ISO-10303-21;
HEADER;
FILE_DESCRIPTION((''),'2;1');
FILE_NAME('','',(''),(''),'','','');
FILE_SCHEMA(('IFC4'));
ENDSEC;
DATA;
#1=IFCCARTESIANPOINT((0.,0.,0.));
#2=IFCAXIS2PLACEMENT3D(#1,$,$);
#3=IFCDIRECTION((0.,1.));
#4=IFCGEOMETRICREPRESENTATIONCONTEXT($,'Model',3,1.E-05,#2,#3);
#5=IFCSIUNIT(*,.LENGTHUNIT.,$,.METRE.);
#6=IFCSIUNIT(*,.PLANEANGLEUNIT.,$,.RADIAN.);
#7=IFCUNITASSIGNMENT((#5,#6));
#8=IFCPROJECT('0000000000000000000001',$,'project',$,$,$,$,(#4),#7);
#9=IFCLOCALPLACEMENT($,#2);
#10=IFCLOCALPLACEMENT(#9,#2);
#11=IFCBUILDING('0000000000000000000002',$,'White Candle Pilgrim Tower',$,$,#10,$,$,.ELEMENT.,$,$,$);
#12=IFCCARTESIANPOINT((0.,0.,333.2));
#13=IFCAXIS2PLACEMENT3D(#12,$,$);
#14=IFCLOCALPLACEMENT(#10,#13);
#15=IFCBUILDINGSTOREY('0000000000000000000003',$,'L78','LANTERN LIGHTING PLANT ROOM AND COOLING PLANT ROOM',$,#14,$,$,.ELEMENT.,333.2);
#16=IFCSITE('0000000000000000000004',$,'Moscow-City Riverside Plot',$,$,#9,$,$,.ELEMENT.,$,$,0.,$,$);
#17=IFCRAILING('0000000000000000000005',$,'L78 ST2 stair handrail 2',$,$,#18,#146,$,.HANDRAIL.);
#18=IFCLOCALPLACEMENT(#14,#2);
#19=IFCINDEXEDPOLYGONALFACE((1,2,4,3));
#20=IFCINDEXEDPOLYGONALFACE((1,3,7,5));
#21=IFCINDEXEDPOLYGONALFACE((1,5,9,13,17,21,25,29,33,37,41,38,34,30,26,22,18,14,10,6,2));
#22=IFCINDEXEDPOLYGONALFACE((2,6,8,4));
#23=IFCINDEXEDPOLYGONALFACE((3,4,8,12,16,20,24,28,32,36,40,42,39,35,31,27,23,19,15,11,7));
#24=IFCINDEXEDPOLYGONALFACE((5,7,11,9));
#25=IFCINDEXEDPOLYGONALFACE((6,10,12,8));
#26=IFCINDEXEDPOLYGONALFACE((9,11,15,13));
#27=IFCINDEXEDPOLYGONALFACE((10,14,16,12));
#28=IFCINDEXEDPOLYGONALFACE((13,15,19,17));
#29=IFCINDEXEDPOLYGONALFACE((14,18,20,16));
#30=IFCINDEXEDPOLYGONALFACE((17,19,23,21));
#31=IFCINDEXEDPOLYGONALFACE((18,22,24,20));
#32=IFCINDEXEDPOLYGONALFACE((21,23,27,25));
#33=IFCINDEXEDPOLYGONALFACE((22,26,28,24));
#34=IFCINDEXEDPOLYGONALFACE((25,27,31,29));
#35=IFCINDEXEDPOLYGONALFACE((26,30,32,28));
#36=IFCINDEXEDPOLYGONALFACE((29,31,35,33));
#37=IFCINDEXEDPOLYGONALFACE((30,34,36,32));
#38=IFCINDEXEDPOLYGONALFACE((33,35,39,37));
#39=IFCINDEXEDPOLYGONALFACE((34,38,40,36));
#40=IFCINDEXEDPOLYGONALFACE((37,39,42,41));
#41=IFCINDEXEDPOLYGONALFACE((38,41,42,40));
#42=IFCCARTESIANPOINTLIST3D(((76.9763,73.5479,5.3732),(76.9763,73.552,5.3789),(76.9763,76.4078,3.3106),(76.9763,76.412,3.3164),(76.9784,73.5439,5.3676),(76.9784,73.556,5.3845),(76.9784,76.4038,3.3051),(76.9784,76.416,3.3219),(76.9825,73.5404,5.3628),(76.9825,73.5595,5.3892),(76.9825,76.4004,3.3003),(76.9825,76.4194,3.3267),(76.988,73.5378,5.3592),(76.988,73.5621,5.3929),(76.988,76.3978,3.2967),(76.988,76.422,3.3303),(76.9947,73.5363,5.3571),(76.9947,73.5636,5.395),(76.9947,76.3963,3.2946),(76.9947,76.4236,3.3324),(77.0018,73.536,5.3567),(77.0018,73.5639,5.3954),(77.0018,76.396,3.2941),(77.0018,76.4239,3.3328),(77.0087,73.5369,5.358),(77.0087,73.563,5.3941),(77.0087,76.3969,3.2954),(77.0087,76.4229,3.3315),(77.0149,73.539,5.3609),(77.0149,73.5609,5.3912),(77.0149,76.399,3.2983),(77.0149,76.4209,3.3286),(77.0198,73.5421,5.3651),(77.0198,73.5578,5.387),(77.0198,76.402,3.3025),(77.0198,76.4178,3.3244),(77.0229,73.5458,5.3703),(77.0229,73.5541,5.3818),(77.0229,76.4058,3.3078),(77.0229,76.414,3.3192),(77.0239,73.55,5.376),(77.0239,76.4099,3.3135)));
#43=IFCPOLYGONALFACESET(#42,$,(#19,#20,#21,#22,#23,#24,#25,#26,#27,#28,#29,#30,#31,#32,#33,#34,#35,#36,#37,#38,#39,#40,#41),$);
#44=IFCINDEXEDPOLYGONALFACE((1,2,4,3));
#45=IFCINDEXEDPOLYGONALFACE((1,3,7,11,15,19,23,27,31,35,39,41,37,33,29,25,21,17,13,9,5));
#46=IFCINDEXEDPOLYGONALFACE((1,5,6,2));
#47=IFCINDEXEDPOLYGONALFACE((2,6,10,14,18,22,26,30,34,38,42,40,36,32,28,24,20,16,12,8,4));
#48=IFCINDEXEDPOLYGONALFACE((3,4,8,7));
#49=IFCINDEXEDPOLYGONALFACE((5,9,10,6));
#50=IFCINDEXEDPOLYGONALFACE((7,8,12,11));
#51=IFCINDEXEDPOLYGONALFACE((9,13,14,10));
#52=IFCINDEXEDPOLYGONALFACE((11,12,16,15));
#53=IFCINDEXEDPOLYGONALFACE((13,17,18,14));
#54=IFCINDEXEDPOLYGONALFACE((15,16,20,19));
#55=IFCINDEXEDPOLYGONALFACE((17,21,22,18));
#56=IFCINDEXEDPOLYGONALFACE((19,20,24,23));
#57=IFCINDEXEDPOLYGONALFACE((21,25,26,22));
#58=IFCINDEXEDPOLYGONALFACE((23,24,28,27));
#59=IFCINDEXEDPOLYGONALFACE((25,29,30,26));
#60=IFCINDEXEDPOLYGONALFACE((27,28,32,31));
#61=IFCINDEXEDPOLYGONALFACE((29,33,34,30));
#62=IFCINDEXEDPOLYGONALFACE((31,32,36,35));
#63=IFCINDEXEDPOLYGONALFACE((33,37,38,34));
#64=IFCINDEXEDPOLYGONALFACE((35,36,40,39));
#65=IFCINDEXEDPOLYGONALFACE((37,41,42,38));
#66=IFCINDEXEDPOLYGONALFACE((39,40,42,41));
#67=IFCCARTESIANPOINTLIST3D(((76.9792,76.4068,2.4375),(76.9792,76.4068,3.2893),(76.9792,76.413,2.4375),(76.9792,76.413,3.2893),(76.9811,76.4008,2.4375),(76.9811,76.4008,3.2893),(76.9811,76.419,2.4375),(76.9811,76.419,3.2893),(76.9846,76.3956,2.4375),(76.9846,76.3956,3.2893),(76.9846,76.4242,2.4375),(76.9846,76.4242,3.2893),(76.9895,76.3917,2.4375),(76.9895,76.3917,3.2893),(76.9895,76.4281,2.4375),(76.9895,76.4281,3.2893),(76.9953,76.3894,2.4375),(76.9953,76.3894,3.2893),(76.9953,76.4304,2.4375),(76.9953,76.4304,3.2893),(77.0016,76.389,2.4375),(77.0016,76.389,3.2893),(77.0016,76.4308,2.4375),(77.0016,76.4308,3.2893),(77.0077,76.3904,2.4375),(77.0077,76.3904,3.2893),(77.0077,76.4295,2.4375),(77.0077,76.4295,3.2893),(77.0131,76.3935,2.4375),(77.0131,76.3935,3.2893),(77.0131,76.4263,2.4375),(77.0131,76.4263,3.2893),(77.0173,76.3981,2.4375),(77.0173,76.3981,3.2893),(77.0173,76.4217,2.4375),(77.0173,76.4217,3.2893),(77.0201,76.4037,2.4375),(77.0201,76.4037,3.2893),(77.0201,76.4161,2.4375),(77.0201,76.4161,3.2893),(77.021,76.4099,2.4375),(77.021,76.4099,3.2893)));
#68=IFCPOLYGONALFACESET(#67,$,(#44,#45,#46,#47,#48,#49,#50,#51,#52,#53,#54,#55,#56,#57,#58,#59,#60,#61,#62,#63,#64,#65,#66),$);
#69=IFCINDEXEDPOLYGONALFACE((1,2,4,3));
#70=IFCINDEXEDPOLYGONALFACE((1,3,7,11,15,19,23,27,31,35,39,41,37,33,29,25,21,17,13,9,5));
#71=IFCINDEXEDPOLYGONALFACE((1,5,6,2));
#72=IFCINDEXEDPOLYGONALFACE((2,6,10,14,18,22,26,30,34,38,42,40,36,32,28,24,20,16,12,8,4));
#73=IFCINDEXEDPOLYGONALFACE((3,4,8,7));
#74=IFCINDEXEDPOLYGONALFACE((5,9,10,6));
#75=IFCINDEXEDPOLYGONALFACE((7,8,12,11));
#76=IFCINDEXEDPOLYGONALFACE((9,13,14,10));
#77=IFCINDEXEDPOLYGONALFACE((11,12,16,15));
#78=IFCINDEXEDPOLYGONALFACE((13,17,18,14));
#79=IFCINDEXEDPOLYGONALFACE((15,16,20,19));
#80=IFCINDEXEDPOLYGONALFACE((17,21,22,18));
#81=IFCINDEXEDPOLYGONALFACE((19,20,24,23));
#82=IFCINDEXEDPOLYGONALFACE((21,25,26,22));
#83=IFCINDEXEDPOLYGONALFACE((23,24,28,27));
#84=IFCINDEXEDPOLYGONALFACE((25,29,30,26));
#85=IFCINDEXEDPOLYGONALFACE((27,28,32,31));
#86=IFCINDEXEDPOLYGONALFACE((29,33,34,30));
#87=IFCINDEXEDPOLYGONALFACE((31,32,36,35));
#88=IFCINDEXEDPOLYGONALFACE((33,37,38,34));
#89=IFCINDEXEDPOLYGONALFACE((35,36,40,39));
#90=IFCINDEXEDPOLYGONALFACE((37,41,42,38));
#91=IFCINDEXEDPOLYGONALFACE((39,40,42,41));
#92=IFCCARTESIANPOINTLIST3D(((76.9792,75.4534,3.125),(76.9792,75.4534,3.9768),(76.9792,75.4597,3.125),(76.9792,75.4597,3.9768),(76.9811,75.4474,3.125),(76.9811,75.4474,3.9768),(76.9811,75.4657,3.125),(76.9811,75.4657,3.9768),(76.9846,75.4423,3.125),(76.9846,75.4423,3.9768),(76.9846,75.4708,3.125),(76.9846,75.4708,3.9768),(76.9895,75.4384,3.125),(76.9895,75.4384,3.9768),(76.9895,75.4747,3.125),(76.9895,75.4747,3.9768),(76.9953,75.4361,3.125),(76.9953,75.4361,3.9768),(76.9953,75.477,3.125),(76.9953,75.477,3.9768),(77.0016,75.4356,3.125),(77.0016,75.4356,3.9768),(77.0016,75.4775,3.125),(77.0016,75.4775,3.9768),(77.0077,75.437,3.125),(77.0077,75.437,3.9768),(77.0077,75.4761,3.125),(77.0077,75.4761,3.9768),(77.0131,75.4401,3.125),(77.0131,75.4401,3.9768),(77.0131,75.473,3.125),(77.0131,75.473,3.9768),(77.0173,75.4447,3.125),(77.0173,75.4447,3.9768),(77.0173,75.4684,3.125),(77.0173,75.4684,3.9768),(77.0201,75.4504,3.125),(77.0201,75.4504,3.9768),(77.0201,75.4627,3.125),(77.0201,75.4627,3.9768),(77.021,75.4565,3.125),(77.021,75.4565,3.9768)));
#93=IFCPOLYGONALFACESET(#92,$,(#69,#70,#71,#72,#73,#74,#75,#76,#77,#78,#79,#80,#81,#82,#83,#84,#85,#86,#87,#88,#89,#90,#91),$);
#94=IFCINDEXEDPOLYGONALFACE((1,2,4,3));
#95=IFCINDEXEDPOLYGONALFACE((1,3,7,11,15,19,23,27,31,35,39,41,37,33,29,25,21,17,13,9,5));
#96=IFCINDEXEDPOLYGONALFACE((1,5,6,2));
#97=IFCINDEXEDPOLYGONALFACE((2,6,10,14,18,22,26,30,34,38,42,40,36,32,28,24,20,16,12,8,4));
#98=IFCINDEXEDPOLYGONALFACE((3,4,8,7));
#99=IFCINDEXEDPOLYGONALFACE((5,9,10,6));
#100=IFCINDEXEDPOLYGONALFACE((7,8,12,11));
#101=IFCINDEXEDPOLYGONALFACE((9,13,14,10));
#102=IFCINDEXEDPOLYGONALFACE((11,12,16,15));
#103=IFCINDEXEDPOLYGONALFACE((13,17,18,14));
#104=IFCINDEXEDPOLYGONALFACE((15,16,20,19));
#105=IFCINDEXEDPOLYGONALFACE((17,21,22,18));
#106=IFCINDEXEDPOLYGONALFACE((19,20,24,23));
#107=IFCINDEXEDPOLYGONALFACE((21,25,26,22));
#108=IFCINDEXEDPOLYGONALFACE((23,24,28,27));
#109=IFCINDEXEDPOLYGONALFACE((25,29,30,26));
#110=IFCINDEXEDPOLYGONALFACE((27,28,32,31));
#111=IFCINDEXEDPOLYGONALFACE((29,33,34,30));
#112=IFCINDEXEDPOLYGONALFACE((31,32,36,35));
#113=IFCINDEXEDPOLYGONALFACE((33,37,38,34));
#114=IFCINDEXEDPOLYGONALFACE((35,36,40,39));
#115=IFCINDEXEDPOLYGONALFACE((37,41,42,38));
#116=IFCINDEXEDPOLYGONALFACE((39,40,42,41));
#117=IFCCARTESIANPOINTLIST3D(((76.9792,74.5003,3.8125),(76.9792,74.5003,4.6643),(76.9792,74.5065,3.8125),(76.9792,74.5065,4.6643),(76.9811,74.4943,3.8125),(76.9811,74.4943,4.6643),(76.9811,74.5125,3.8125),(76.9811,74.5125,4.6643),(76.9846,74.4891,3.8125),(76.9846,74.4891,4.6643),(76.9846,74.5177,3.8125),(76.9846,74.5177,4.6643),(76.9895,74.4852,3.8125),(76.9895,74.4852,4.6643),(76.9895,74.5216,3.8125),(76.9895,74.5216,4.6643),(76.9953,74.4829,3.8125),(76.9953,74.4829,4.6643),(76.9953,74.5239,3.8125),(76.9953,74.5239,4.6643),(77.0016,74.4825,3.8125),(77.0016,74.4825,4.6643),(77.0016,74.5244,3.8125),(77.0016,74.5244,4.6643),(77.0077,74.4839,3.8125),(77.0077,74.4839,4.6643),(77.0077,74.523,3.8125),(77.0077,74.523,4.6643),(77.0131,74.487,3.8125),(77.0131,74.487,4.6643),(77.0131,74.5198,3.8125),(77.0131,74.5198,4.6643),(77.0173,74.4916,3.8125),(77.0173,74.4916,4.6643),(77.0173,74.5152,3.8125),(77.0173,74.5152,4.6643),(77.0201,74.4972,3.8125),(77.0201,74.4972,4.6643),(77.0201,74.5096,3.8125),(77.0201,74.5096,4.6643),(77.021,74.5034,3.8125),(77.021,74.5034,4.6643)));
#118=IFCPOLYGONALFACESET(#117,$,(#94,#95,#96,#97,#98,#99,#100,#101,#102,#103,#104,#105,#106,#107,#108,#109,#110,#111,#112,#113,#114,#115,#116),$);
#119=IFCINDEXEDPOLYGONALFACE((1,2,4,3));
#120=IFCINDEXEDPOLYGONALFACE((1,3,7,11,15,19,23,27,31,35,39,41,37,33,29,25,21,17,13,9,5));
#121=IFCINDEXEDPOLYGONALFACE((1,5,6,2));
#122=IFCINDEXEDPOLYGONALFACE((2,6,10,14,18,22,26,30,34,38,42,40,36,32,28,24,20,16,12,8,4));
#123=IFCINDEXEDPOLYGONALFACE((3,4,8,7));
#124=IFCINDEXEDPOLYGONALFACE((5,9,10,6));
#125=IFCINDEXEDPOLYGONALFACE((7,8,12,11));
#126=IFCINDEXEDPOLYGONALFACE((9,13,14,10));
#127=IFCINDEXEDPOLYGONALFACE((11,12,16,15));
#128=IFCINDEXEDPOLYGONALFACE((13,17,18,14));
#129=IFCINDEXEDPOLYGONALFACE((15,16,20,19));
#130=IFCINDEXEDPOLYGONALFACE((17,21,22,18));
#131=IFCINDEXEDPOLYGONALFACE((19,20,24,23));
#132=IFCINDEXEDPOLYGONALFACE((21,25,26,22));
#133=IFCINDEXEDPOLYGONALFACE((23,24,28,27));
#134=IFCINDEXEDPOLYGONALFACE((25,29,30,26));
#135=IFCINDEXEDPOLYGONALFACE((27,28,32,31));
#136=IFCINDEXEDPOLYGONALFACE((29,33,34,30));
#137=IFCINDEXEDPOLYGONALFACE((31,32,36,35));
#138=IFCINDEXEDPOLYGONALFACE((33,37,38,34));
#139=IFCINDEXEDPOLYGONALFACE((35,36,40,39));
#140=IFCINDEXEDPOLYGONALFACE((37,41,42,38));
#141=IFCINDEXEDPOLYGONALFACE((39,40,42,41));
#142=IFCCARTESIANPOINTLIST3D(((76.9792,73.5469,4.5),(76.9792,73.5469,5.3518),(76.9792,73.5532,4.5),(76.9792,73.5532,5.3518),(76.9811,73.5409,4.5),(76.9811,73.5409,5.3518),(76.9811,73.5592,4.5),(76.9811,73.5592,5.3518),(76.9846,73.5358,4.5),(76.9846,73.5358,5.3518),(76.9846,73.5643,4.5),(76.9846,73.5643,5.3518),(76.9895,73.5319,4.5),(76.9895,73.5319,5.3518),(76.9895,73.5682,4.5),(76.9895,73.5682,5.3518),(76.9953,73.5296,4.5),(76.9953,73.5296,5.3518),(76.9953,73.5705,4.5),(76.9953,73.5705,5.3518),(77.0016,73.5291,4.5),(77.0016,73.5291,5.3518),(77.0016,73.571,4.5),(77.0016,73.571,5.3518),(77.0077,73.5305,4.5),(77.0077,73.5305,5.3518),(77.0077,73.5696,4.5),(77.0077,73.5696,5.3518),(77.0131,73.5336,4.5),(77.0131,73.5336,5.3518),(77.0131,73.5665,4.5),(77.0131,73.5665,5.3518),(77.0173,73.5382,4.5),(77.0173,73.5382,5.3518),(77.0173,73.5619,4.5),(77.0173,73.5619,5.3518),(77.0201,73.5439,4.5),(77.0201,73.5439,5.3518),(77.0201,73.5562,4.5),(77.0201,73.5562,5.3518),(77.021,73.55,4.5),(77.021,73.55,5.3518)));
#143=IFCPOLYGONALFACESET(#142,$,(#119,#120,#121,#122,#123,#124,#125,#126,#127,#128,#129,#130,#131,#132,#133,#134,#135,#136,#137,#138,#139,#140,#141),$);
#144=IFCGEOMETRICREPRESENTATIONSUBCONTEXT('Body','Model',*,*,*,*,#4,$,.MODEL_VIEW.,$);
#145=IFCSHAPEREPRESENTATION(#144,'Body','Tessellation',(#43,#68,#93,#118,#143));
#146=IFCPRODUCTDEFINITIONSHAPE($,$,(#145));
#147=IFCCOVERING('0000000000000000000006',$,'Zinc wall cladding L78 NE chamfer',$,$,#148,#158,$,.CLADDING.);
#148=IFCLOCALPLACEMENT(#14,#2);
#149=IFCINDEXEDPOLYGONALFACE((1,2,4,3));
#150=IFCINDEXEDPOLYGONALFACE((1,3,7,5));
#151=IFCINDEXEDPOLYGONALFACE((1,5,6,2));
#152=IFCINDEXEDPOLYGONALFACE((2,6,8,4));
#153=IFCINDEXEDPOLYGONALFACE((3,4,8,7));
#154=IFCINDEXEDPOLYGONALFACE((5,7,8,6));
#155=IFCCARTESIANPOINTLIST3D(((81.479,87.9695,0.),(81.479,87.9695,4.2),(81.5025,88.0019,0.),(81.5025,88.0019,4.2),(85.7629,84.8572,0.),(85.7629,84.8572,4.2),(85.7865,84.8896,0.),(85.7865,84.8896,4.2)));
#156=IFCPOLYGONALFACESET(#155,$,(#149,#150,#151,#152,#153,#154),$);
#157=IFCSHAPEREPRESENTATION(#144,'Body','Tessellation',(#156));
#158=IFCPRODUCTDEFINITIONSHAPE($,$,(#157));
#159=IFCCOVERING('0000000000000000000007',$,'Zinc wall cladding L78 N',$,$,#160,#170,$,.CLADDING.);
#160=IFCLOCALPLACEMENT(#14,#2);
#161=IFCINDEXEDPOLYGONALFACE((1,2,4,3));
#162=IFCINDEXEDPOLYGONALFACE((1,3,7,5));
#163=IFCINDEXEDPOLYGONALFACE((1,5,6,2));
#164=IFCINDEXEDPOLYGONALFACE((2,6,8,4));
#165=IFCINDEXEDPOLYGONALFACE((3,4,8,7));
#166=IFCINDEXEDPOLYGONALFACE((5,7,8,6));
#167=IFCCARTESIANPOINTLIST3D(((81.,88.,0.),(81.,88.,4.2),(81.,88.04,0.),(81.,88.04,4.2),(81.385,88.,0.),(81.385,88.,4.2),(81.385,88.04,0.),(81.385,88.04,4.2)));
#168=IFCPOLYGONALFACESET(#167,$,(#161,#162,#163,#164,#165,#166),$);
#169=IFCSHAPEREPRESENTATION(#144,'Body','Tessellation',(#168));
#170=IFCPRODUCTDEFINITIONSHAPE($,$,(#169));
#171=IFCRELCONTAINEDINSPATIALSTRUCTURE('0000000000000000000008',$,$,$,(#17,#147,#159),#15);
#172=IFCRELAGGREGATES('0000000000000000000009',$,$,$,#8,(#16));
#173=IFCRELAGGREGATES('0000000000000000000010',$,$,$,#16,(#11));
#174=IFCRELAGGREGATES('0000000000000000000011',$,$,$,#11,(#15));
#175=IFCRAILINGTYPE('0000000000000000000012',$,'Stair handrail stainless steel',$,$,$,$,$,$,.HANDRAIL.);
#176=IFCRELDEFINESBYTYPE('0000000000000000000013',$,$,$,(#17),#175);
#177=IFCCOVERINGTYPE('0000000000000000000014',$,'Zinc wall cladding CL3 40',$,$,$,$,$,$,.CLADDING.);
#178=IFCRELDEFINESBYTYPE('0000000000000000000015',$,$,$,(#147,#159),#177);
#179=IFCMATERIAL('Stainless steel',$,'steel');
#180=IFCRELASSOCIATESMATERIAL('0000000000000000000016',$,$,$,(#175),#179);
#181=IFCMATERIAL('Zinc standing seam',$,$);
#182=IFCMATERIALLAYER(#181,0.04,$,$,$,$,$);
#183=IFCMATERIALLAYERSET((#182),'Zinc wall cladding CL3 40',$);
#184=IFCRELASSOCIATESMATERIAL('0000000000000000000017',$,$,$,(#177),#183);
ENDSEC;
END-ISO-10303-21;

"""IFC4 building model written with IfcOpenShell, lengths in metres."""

from ifc_helpers import new_model, si_unit, direction, frame, origin, origin_2d, place, context, subcontext, project, spatial, polyline, circle, outline, extrude, material, layer, layer_set, type_object, element, save


model = new_model("IFC4")

# Units and contexts
model_context = context("Model", 3, precision=1e-05, world=origin(), true_north=direction((0.0, 1.0)))
body_context = subcontext(model_context, "Body", "Model", "MODEL_VIEW")
ifc_project = project(units=[si_unit("LENGTHUNIT", "METRE"), si_unit("PLANEANGLEUNIT", "RADIAN")], contexts=[model_context])

# Site, building, storey
site_placement = place(None, origin())
site = spatial("IfcSite", under=ifc_project, at=site_placement, Name="Moscow-City Riverside Plot", CompositionType="ELEMENT", RefElevation=0.0)
building_placement = place(site_placement, origin())
building = spatial("IfcBuilding", under=site, at=building_placement, Name="White Candle Pilgrim Tower", CompositionType="ELEMENT")
storey_placement = place(building_placement, frame((0.0, 0.0, 333.2)))
storey = spatial("IfcBuildingStorey", under=building, at=storey_placement, Name="L78", Description="LANTERN LIGHTING PLANT ROOM AND COOLING PLANT ROOM", CompositionType="ELEMENT", Elevation=333.2)

# Railing
ifc_material_1 = material(Name="Stainless steel", Category="steel")
railing_type_1 = type_object("IfcRailingType", Name="Stair handrail stainless steel", PredefinedType="HANDRAIL", material=ifc_material_1)
railing_1_placement = place(storey_placement, frame((77.0, 76.4099, 2.4375)))
element("IfcRailing", 1, at=railing_1_placement, inside=storey, type_object=railing_type_1, Name="L78 ST2 stair handrail 2", PredefinedType="HANDRAIL", context=body_context, shape_type="SweptSolid", body=[
    extrude(circle(Radius=0.0239, at=origin_2d()), frame((0.0, 0.0, 0.876), z_axis=(0.0, -0.811077, 0.584939), x_axis=(1.0, 0.0, 0.0)), (0.0, 0.0, 1.0), 3.5261),
    extrude(circle(Radius=0.021, at=origin_2d()), origin(), (0.0, 0.0, 1.0), 0.8518),
    extrude(circle(Radius=0.021, at=origin_2d()), frame((0.0, -0.9534, 0.6875)), (0.0, 0.0, 1.0), 0.8518),
    extrude(circle(Radius=0.021, at=origin_2d()), frame((0.0, -1.9065, 1.375)), (0.0, 0.0, 1.0), 0.8518),
    extrude(circle(Radius=0.021, at=origin_2d()), frame((0.0, -2.8599, 2.0625)), (0.0, 0.0, 1.0), 0.8518),
])

# Coverings
ifc_material_2 = material(Name="Zinc standing seam")
ifc_layer_1 = layer(ifc_material_2, 0.04)
ifc_layer_set_1 = layer_set([ifc_layer_1], Name="Zinc wall cladding CL3 40")
covering_type = type_object("IfcCoveringType", Name="Zinc wall cladding CL3 40", PredefinedType="CLADDING", material=ifc_layer_set_1)
covering_1_placement = place(storey_placement, frame((85.7629, 84.8572, 4.2), z_axis=(-0.587766, -0.809031, 0.0), x_axis=(-0.809031, 0.587766, 0.0)))
element("IfcCovering", 2, at=covering_1_placement, inside=storey, type_object=covering_type, Name="Zinc wall cladding L78 NE chamfer", PredefinedType="CLADDING", context=body_context, shape_type="SweptSolid", body=[
    extrude(outline(polyline([(0.0, 0.0), (5.2951, 0.0), (5.2951, 4.2), (0.0, 4.2), (0.0, 0.0)])), origin(), (0.0, 0.0, -1.0), 0.04),
])
covering_2_placement = place(storey_placement, frame((81.385, 88.0, 4.2), z_axis=(0.0, -1.0, 0.0), x_axis=(-1.0, 0.0, 0.0)))
element("IfcCovering", 3, at=covering_2_placement, inside=storey, type_object=covering_type, Name="Zinc wall cladding L78 N", PredefinedType="CLADDING", context=body_context, shape_type="SweptSolid", body=[
    extrude(outline(polyline([(0.0, 0.0), (0.385, 0.0), (0.385, 4.2), (0.0, 4.2), (0.0, 0.0)])), origin(), (0.0, 0.0, -1.0), 0.04),
])

save(model, "model.ifc")
